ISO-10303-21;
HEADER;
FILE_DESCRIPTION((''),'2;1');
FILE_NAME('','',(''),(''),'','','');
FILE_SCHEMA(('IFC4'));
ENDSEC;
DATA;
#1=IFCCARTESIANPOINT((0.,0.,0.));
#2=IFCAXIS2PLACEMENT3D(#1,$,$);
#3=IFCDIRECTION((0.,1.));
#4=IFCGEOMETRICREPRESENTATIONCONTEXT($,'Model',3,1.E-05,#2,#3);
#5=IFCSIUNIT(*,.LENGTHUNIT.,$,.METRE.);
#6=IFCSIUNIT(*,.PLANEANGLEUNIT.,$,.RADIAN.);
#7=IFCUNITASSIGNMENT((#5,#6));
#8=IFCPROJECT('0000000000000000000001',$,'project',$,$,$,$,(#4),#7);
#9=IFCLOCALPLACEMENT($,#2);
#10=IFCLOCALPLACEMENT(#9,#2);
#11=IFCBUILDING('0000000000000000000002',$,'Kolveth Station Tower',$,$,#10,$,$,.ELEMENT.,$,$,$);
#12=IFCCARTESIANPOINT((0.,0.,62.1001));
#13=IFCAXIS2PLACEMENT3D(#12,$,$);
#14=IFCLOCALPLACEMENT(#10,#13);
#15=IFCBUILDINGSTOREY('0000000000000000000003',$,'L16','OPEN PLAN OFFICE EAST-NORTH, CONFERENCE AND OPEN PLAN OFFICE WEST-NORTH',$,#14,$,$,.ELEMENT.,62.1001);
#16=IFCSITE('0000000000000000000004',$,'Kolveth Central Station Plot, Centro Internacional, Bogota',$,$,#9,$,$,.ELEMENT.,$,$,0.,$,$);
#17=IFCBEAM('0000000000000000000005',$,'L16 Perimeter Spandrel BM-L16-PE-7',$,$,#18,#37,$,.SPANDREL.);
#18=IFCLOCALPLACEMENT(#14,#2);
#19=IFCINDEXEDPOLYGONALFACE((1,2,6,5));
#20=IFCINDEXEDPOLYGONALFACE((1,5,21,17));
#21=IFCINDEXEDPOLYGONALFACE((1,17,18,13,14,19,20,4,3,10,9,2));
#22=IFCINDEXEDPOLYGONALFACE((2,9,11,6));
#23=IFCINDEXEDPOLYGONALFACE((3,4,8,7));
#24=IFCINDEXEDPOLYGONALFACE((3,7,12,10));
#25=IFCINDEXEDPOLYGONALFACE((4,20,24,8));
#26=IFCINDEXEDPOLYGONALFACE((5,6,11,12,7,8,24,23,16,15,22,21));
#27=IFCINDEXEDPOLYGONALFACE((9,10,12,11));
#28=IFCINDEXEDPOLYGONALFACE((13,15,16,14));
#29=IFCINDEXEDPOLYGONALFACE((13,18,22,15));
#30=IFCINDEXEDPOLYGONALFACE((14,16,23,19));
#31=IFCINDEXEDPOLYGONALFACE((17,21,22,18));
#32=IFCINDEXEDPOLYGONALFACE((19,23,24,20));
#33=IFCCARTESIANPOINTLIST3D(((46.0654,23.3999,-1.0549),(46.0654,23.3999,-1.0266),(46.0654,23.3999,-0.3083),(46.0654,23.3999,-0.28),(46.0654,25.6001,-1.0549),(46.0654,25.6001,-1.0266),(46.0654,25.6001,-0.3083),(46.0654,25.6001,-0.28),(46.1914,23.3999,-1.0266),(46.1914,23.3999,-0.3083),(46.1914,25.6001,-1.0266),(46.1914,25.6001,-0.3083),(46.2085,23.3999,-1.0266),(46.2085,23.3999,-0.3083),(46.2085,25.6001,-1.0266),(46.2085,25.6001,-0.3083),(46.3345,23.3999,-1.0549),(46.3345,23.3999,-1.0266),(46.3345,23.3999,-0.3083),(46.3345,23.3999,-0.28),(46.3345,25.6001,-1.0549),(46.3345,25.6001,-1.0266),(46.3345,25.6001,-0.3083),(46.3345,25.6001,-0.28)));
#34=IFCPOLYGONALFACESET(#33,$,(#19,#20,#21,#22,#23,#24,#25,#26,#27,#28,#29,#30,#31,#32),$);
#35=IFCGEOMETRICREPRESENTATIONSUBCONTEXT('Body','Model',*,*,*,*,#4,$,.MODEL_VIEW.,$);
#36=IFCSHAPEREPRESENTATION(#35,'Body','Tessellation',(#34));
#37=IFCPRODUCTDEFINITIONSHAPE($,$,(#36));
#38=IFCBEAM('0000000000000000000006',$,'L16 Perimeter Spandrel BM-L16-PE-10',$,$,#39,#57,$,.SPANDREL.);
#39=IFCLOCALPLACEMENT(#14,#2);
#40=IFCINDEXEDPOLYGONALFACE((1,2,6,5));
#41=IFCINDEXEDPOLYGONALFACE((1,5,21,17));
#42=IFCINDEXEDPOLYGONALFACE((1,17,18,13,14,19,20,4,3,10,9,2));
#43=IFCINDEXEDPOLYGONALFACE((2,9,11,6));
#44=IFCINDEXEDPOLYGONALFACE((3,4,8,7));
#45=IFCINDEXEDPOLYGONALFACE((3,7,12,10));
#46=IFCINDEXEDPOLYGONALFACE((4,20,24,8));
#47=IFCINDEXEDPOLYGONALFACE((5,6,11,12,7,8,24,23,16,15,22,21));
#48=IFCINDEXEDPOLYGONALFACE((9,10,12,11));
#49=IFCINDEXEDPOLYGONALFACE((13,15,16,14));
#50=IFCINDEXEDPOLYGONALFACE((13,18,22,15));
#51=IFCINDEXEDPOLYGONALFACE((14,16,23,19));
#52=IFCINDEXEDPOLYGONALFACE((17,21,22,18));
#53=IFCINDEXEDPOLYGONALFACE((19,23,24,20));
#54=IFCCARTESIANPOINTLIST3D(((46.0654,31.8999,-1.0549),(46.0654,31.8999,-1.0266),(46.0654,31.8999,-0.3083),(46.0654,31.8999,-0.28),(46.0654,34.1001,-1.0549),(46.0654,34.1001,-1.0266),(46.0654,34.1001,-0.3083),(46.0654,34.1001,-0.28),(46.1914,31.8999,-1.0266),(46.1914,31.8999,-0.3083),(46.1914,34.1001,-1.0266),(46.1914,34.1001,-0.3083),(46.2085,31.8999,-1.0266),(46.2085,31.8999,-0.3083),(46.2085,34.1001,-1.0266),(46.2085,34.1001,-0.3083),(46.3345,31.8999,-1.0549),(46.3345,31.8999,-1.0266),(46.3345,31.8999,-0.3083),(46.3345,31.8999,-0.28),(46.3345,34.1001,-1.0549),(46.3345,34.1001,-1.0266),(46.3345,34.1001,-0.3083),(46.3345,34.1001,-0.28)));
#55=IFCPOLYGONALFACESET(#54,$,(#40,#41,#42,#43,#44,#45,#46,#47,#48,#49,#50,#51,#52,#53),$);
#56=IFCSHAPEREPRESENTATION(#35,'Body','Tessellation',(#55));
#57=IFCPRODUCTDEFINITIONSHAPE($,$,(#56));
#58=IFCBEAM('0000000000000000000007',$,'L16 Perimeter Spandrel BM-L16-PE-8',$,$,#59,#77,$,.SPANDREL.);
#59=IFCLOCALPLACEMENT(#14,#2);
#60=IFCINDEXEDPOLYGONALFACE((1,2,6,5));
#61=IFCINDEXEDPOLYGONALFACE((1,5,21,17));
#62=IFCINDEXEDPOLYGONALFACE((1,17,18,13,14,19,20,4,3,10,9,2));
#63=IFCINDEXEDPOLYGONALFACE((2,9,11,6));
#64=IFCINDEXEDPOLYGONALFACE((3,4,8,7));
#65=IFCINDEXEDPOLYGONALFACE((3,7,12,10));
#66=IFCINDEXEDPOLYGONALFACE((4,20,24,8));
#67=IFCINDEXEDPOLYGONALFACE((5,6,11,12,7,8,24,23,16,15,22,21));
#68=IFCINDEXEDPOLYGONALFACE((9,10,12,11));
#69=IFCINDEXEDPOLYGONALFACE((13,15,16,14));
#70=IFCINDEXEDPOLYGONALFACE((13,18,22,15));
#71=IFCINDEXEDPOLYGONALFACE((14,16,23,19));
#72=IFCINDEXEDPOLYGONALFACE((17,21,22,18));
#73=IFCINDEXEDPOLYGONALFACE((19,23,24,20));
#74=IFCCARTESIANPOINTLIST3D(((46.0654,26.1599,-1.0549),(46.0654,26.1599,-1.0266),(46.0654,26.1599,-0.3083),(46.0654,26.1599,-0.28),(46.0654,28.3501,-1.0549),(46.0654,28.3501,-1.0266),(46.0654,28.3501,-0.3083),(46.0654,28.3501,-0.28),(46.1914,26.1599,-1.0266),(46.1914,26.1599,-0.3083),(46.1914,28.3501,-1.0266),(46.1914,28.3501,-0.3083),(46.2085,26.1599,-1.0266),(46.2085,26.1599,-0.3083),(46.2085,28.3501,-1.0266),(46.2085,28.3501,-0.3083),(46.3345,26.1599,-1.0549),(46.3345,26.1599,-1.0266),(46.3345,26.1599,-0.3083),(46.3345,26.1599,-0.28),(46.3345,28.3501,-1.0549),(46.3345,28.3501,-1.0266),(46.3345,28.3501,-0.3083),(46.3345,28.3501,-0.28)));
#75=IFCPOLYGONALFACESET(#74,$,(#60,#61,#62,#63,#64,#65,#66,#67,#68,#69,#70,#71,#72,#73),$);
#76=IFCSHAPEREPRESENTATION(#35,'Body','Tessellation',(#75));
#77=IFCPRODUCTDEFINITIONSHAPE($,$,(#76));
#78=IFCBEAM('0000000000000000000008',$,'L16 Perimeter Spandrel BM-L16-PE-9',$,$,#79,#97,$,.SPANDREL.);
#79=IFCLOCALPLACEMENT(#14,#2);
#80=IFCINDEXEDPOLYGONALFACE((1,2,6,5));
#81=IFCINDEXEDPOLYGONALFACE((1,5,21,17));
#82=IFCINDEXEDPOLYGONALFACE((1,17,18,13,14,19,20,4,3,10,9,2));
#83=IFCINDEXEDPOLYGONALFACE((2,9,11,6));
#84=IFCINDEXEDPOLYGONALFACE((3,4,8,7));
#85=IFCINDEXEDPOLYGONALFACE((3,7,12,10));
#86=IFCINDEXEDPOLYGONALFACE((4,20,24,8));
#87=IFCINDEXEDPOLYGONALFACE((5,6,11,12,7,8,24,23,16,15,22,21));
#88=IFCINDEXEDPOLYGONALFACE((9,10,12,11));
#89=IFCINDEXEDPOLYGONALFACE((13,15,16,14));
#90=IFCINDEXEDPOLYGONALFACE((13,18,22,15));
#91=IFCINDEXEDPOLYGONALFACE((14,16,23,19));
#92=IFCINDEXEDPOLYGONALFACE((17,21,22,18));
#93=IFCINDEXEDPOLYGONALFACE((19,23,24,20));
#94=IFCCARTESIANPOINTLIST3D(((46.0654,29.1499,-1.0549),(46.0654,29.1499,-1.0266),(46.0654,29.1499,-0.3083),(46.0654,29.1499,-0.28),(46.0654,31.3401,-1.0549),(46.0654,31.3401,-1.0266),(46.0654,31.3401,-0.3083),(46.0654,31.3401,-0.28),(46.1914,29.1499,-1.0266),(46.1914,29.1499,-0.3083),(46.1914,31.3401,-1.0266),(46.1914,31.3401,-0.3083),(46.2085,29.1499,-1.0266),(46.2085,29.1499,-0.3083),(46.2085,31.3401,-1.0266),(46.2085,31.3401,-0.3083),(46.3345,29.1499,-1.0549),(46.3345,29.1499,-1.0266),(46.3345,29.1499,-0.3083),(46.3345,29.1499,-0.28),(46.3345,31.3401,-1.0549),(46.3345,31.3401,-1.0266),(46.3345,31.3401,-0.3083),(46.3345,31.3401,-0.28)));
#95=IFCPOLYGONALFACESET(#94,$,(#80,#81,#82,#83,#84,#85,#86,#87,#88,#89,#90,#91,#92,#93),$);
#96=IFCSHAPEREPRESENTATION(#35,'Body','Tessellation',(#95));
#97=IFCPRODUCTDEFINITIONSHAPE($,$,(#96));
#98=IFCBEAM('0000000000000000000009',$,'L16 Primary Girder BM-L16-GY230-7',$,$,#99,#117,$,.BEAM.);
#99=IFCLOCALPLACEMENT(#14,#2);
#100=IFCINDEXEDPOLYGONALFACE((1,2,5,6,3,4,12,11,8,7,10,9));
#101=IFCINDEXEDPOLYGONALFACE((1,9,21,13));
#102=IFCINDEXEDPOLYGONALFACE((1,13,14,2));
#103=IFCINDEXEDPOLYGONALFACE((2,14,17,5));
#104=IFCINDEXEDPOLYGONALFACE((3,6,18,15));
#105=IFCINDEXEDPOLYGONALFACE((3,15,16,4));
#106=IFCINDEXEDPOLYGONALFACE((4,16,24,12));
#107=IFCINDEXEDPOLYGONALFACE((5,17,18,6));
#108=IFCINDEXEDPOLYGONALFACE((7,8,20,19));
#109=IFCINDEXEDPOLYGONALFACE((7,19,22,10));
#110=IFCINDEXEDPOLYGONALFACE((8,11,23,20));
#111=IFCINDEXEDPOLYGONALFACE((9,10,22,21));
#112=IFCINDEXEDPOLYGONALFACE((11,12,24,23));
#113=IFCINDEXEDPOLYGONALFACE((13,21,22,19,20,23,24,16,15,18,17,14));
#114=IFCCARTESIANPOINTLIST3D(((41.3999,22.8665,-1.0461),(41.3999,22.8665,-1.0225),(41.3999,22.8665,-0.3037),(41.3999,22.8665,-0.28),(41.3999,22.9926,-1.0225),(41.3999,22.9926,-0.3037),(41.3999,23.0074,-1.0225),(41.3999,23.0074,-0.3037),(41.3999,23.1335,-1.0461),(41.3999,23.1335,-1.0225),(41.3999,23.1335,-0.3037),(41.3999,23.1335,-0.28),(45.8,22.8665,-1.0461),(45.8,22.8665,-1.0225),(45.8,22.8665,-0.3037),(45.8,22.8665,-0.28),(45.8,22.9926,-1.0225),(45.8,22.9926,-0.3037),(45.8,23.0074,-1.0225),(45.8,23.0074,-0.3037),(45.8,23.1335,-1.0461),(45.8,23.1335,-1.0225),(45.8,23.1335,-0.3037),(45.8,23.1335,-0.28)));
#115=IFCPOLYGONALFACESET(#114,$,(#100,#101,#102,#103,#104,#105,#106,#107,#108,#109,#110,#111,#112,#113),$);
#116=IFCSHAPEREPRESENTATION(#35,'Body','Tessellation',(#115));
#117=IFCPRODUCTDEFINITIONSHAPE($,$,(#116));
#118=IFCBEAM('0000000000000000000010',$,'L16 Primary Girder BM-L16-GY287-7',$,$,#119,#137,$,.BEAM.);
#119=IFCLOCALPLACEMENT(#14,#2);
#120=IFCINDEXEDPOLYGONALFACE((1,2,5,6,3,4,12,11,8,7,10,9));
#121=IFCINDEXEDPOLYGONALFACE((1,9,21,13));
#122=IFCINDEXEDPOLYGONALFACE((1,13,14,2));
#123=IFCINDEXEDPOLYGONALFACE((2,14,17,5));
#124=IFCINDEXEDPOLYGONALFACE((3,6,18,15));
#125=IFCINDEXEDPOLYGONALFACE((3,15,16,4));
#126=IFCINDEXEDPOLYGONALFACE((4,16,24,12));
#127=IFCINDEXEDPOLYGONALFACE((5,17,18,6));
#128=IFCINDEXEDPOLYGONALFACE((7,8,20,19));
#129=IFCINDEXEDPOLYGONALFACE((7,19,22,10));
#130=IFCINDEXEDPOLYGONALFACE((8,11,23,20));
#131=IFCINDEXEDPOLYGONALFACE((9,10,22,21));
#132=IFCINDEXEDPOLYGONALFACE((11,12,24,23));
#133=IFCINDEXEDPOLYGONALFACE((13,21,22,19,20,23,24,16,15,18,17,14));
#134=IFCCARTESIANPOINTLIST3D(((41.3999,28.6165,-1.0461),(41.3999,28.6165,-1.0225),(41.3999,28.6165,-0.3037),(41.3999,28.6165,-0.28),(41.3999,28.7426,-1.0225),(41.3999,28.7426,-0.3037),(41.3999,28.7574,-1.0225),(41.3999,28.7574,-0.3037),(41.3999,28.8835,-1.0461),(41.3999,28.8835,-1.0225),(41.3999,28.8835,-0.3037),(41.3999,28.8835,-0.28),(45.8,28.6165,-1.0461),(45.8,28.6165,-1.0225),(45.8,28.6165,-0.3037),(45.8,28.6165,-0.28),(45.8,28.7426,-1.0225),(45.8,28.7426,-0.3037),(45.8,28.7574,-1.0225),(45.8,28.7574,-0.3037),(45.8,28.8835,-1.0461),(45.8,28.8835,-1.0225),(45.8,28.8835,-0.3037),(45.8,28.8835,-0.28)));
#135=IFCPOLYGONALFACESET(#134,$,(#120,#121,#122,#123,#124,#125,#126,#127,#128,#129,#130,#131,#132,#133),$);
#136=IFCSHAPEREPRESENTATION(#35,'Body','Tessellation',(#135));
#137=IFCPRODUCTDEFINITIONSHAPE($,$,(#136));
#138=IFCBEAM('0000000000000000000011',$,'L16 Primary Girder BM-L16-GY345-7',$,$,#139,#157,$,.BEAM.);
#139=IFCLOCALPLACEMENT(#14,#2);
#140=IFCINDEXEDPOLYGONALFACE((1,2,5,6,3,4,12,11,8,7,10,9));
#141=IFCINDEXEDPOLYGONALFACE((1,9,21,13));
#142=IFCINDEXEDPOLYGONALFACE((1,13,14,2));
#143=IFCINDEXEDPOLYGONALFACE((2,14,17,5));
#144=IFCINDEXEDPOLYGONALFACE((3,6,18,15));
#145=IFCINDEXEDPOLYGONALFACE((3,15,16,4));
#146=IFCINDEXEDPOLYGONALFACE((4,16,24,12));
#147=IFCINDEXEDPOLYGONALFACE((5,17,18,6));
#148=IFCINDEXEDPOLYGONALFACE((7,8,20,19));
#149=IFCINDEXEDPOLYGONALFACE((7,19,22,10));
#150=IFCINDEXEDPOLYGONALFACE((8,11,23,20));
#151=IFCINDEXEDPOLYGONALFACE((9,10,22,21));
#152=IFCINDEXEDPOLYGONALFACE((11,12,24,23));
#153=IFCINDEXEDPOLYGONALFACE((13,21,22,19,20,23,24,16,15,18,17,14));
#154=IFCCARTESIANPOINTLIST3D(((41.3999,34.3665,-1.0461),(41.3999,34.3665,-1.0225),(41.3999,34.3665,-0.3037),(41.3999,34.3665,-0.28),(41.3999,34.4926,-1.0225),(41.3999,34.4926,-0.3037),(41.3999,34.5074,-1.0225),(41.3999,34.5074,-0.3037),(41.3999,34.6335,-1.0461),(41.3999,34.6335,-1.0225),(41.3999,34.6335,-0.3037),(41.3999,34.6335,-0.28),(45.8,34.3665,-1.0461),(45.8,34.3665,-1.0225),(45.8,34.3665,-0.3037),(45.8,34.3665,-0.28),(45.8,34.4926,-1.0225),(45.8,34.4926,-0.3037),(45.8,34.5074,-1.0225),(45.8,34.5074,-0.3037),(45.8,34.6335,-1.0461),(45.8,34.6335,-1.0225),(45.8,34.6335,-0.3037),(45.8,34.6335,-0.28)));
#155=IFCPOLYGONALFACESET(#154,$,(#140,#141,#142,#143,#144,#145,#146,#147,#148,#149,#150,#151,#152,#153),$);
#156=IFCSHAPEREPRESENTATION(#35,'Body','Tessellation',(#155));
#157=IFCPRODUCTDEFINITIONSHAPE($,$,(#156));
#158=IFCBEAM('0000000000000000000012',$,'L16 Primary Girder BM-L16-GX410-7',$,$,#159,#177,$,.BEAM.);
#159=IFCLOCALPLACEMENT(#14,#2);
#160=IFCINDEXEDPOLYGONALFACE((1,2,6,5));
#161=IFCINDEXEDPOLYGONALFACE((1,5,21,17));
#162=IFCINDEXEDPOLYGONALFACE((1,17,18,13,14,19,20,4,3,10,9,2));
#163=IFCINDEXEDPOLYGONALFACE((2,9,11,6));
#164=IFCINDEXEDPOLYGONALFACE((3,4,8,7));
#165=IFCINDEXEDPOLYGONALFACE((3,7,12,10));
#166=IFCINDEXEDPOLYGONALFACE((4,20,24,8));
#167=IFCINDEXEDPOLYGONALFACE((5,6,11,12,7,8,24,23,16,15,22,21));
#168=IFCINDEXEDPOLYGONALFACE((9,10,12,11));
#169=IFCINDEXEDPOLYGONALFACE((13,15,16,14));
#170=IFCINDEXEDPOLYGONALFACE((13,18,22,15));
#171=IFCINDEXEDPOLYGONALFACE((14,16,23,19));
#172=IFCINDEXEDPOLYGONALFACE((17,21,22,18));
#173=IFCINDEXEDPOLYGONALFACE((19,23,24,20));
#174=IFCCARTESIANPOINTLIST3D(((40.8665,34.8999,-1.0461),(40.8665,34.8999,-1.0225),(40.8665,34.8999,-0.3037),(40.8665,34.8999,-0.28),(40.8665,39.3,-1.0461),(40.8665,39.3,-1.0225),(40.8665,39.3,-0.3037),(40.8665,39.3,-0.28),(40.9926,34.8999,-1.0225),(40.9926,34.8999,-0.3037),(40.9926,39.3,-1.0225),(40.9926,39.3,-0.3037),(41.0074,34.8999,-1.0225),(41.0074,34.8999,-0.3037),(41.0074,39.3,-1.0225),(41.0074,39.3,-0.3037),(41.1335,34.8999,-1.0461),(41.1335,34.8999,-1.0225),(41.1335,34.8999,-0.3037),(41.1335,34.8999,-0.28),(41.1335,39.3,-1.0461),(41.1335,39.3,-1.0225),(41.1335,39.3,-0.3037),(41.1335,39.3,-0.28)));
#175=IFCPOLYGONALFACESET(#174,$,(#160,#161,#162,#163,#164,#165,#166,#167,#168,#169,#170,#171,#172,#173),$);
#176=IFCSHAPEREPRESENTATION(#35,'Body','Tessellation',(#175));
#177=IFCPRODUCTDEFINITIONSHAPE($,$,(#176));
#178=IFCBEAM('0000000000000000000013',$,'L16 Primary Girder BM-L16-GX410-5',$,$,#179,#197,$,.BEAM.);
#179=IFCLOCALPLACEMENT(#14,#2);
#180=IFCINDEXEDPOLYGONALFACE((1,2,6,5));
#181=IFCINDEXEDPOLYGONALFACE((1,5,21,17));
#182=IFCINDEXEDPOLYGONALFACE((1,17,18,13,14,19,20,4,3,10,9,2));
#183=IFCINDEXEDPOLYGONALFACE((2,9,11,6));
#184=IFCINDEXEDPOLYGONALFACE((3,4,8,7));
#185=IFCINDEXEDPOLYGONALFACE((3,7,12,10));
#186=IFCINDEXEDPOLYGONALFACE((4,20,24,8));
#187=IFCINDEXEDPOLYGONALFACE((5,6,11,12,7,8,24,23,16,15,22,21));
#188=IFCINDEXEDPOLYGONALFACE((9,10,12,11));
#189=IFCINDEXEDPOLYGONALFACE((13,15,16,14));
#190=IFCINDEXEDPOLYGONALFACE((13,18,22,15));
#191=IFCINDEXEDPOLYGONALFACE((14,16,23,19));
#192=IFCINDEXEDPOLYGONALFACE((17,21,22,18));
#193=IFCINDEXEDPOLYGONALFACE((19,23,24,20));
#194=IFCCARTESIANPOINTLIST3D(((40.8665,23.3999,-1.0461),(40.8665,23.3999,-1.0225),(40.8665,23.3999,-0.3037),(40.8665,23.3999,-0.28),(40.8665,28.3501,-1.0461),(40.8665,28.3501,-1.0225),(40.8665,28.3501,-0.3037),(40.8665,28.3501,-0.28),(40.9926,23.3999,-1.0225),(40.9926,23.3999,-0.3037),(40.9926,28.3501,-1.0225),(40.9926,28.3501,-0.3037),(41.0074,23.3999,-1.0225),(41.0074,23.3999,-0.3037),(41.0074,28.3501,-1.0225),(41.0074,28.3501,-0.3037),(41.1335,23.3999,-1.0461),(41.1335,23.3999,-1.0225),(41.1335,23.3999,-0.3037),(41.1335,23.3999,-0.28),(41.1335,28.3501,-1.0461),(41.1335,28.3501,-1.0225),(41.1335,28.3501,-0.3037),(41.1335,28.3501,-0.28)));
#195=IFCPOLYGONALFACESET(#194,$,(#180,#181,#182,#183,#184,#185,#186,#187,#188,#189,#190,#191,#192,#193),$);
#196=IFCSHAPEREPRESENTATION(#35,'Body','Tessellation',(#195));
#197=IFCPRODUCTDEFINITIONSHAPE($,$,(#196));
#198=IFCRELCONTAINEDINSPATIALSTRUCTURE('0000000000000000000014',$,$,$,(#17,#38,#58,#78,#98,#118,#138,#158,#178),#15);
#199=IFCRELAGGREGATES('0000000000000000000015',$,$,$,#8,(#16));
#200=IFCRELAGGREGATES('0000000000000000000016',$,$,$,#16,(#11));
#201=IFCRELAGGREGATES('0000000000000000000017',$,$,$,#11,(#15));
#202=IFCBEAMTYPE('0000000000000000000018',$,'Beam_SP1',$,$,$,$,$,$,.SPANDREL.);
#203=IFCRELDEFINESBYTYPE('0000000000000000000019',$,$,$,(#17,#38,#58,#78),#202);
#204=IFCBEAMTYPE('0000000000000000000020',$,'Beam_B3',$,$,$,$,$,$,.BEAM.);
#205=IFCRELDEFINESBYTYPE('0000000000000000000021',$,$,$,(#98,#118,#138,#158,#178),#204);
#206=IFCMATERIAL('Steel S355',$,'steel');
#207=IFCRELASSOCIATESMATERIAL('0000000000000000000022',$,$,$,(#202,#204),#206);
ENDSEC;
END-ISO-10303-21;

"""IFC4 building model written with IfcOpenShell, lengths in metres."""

from ifc_helpers import new_model, si_unit, direction, frame, origin, origin_2d, place, context, subcontext, project, spatial, i_section, extrude, source, transform, mapped, material, material_profile, profile_set, type_object, element, save


model = new_model("IFC4")

# Units and contexts
model_context = context("Model", 3, precision=1e-05, world=origin(), true_north=direction((0.0, 1.0)))
body_context = subcontext(model_context, "Body", "Model", "MODEL_VIEW")
ifc_project = project(units=[si_unit("LENGTHUNIT", "METRE"), si_unit("PLANEANGLEUNIT", "RADIAN")], contexts=[model_context])

# Site, building, storey
site_placement = place(None, origin())
site = spatial("IfcSite", under=ifc_project, at=site_placement, Name="Kolveth Central Station Plot, Centro Internacional, Bogota", CompositionType="ELEMENT", RefElevation=0.0)
building_placement = place(site_placement, origin())
building = spatial("IfcBuilding", under=site, at=building_placement, Name="Kolveth Station Tower", CompositionType="ELEMENT")
storey_placement = place(building_placement, frame((0.0, 0.0, 62.1001)))
storey = spatial("IfcBuildingStorey", under=building, at=storey_placement, Name="L16", Description="OPEN PLAN OFFICE EAST-NORTH, CONFERENCE AND OPEN PLAN OFFICE WEST-NORTH", CompositionType="ELEMENT", Elevation=62.1001)

# Shared definitions
ifc_material_1 = material(Name="Steel S355", Category="steel")

# Beams
ifc_material_profile_1 = material_profile(ifc_material_1, i_section(OverallWidth=0.269, OverallDepth=0.7749, WebThickness=0.0171, FlangeThickness=0.0283, at=origin_2d()), Name="W760x220")
ifc_profile_set_1 = profile_set([ifc_material_profile_1], Name="Steel S355")
beam_type_1 = type_object("IfcBeamType", Name="Beam_SP1", PredefinedType="SPANDREL", material=ifc_profile_set_1)
shared_shape_1 = source(origin(), body_context, "Body", "SweptSolid", [
    extrude(i_section(OverallWidth=0.269, OverallDepth=0.7749, WebThickness=0.0171, FlangeThickness=0.0283, at=origin_2d()), origin(), (0.0, 0.0, 1.0), 2.2002),
])
for number, where, z_axis, x_axis, name in (
    (1, (46.2, 23.3999, -0.6675), (0.0, 1.0, 0.0), (-1.0, 0.0, 0.0), "L16 Perimeter Spandrel BM-L16-PE-7"),
    (2, (46.2, 31.8999, -0.6675), (0.0, 1.0, 0.0), (-1.0, 0.0, 0.0), "L16 Perimeter Spandrel BM-L16-PE-10"),
):
    element("IfcBeam", number, at=place(storey_placement, frame(where, z_axis=z_axis, x_axis=x_axis)), inside=storey, type_object=beam_type_1, Name=name, PredefinedType="SPANDREL", context=body_context, shape_type="MappedRepresentation", body=[
        mapped(shared_shape_1, transform((0.0, 0.0, 0.0), x_axis=(1.0, 0.0, 0.0), y_axis=(0.0, 1.0, 0.0), z_axis=(0.0, 0.0, 1.0), scale=1.0)),
    ])
shared_shape_2 = source(origin(), body_context, "Body", "SweptSolid", [
    extrude(i_section(OverallWidth=0.269, OverallDepth=0.7749, WebThickness=0.0171, FlangeThickness=0.0283, at=origin_2d()), origin(), (0.0, 0.0, 1.0), 2.1902),
])
for number, where, z_axis, x_axis, name in (
    (3, (46.2, 26.1599, -0.6675), (0.0, 1.0, 0.0), (-1.0, 0.0, 0.0), "L16 Perimeter Spandrel BM-L16-PE-8"),
    (4, (46.2, 29.1499, -0.6675), (0.0, 1.0, 0.0), (-1.0, 0.0, 0.0), "L16 Perimeter Spandrel BM-L16-PE-9"),
):
    element("IfcBeam", number, at=place(storey_placement, frame(where, z_axis=z_axis, x_axis=x_axis)), inside=storey, type_object=beam_type_1, Name=name, PredefinedType="SPANDREL", context=body_context, shape_type="MappedRepresentation", body=[
        mapped(shared_shape_2, transform((0.0, 0.0, 0.0), x_axis=(1.0, 0.0, 0.0), y_axis=(0.0, 1.0, 0.0), z_axis=(0.0, 0.0, 1.0), scale=1.0)),
    ])
ifc_material_profile_2 = material_profile(ifc_material_1, i_section(OverallWidth=0.2671, OverallDepth=0.7661, WebThickness=0.0149, FlangeThickness=0.0237, at=origin_2d()), Name="W760x185")
ifc_profile_set_2 = profile_set([ifc_material_profile_2], Name="Steel S355")
beam_type_2 = type_object("IfcBeamType", Name="Beam_B3", PredefinedType="BEAM", material=ifc_profile_set_2)
shared_shape_3 = source(origin(), body_context, "Body", "SweptSolid", [
    extrude(i_section(OverallWidth=0.2671, OverallDepth=0.7661, WebThickness=0.0149, FlangeThickness=0.0237, at=origin_2d()), origin(), (0.0, 0.0, 1.0), 4.4001),
])
for number, where, z_axis, x_axis, name in (
    (5, (41.3999, 23.0, -0.6631), (1.0, 0.0, 0.0), (0.0, 1.0, 0.0), "L16 Primary Girder BM-L16-GY230-7"),
    (6, (41.3999, 28.75, -0.6631), (1.0, 0.0, 0.0), (0.0, 1.0, 0.0), "L16 Primary Girder BM-L16-GY287-7"),
    (7, (41.3999, 34.5, -0.6631), (1.0, 0.0, 0.0), (0.0, 1.0, 0.0), "L16 Primary Girder BM-L16-GY345-7"),
    (8, (41.0, 34.8999, -0.6631), (0.0, 1.0, 0.0), (-1.0, 0.0, 0.0), "L16 Primary Girder BM-L16-GX410-7"),
):
    element("IfcBeam", number, at=place(storey_placement, frame(where, z_axis=z_axis, x_axis=x_axis)), inside=storey, type_object=beam_type_2, Name=name, PredefinedType="BEAM", context=body_context, shape_type="MappedRepresentation", body=[
        mapped(shared_shape_3, transform((0.0, 0.0, 0.0), x_axis=(1.0, 0.0, 0.0), y_axis=(0.0, 1.0, 0.0), z_axis=(0.0, 0.0, 1.0), scale=1.0)),
    ])
shared_shape_4 = source(origin(), body_context, "Body", "SweptSolid", [
    extrude(i_section(OverallWidth=0.2671, OverallDepth=0.7661, WebThickness=0.0149, FlangeThickness=0.0237, at=origin_2d()), origin(), (0.0, 0.0, 1.0), 4.9502),
])
for number, where, z_axis, x_axis, name in (
    (9, (41.0, 23.3999, -0.6631), (0.0, 1.0, 0.0), (-1.0, 0.0, 0.0), "L16 Primary Girder BM-L16-GX410-5"),
):
    element("IfcBeam", number, at=place(storey_placement, frame(where, z_axis=z_axis, x_axis=x_axis)), inside=storey, type_object=beam_type_2, Name=name, PredefinedType="BEAM", context=body_context, shape_type="MappedRepresentation", body=[
        mapped(shared_shape_4, transform((0.0, 0.0, 0.0), x_axis=(1.0, 0.0, 0.0), y_axis=(0.0, 1.0, 0.0), z_axis=(0.0, 0.0, 1.0), scale=1.0)),
    ])

save(model, "model.ifc")
